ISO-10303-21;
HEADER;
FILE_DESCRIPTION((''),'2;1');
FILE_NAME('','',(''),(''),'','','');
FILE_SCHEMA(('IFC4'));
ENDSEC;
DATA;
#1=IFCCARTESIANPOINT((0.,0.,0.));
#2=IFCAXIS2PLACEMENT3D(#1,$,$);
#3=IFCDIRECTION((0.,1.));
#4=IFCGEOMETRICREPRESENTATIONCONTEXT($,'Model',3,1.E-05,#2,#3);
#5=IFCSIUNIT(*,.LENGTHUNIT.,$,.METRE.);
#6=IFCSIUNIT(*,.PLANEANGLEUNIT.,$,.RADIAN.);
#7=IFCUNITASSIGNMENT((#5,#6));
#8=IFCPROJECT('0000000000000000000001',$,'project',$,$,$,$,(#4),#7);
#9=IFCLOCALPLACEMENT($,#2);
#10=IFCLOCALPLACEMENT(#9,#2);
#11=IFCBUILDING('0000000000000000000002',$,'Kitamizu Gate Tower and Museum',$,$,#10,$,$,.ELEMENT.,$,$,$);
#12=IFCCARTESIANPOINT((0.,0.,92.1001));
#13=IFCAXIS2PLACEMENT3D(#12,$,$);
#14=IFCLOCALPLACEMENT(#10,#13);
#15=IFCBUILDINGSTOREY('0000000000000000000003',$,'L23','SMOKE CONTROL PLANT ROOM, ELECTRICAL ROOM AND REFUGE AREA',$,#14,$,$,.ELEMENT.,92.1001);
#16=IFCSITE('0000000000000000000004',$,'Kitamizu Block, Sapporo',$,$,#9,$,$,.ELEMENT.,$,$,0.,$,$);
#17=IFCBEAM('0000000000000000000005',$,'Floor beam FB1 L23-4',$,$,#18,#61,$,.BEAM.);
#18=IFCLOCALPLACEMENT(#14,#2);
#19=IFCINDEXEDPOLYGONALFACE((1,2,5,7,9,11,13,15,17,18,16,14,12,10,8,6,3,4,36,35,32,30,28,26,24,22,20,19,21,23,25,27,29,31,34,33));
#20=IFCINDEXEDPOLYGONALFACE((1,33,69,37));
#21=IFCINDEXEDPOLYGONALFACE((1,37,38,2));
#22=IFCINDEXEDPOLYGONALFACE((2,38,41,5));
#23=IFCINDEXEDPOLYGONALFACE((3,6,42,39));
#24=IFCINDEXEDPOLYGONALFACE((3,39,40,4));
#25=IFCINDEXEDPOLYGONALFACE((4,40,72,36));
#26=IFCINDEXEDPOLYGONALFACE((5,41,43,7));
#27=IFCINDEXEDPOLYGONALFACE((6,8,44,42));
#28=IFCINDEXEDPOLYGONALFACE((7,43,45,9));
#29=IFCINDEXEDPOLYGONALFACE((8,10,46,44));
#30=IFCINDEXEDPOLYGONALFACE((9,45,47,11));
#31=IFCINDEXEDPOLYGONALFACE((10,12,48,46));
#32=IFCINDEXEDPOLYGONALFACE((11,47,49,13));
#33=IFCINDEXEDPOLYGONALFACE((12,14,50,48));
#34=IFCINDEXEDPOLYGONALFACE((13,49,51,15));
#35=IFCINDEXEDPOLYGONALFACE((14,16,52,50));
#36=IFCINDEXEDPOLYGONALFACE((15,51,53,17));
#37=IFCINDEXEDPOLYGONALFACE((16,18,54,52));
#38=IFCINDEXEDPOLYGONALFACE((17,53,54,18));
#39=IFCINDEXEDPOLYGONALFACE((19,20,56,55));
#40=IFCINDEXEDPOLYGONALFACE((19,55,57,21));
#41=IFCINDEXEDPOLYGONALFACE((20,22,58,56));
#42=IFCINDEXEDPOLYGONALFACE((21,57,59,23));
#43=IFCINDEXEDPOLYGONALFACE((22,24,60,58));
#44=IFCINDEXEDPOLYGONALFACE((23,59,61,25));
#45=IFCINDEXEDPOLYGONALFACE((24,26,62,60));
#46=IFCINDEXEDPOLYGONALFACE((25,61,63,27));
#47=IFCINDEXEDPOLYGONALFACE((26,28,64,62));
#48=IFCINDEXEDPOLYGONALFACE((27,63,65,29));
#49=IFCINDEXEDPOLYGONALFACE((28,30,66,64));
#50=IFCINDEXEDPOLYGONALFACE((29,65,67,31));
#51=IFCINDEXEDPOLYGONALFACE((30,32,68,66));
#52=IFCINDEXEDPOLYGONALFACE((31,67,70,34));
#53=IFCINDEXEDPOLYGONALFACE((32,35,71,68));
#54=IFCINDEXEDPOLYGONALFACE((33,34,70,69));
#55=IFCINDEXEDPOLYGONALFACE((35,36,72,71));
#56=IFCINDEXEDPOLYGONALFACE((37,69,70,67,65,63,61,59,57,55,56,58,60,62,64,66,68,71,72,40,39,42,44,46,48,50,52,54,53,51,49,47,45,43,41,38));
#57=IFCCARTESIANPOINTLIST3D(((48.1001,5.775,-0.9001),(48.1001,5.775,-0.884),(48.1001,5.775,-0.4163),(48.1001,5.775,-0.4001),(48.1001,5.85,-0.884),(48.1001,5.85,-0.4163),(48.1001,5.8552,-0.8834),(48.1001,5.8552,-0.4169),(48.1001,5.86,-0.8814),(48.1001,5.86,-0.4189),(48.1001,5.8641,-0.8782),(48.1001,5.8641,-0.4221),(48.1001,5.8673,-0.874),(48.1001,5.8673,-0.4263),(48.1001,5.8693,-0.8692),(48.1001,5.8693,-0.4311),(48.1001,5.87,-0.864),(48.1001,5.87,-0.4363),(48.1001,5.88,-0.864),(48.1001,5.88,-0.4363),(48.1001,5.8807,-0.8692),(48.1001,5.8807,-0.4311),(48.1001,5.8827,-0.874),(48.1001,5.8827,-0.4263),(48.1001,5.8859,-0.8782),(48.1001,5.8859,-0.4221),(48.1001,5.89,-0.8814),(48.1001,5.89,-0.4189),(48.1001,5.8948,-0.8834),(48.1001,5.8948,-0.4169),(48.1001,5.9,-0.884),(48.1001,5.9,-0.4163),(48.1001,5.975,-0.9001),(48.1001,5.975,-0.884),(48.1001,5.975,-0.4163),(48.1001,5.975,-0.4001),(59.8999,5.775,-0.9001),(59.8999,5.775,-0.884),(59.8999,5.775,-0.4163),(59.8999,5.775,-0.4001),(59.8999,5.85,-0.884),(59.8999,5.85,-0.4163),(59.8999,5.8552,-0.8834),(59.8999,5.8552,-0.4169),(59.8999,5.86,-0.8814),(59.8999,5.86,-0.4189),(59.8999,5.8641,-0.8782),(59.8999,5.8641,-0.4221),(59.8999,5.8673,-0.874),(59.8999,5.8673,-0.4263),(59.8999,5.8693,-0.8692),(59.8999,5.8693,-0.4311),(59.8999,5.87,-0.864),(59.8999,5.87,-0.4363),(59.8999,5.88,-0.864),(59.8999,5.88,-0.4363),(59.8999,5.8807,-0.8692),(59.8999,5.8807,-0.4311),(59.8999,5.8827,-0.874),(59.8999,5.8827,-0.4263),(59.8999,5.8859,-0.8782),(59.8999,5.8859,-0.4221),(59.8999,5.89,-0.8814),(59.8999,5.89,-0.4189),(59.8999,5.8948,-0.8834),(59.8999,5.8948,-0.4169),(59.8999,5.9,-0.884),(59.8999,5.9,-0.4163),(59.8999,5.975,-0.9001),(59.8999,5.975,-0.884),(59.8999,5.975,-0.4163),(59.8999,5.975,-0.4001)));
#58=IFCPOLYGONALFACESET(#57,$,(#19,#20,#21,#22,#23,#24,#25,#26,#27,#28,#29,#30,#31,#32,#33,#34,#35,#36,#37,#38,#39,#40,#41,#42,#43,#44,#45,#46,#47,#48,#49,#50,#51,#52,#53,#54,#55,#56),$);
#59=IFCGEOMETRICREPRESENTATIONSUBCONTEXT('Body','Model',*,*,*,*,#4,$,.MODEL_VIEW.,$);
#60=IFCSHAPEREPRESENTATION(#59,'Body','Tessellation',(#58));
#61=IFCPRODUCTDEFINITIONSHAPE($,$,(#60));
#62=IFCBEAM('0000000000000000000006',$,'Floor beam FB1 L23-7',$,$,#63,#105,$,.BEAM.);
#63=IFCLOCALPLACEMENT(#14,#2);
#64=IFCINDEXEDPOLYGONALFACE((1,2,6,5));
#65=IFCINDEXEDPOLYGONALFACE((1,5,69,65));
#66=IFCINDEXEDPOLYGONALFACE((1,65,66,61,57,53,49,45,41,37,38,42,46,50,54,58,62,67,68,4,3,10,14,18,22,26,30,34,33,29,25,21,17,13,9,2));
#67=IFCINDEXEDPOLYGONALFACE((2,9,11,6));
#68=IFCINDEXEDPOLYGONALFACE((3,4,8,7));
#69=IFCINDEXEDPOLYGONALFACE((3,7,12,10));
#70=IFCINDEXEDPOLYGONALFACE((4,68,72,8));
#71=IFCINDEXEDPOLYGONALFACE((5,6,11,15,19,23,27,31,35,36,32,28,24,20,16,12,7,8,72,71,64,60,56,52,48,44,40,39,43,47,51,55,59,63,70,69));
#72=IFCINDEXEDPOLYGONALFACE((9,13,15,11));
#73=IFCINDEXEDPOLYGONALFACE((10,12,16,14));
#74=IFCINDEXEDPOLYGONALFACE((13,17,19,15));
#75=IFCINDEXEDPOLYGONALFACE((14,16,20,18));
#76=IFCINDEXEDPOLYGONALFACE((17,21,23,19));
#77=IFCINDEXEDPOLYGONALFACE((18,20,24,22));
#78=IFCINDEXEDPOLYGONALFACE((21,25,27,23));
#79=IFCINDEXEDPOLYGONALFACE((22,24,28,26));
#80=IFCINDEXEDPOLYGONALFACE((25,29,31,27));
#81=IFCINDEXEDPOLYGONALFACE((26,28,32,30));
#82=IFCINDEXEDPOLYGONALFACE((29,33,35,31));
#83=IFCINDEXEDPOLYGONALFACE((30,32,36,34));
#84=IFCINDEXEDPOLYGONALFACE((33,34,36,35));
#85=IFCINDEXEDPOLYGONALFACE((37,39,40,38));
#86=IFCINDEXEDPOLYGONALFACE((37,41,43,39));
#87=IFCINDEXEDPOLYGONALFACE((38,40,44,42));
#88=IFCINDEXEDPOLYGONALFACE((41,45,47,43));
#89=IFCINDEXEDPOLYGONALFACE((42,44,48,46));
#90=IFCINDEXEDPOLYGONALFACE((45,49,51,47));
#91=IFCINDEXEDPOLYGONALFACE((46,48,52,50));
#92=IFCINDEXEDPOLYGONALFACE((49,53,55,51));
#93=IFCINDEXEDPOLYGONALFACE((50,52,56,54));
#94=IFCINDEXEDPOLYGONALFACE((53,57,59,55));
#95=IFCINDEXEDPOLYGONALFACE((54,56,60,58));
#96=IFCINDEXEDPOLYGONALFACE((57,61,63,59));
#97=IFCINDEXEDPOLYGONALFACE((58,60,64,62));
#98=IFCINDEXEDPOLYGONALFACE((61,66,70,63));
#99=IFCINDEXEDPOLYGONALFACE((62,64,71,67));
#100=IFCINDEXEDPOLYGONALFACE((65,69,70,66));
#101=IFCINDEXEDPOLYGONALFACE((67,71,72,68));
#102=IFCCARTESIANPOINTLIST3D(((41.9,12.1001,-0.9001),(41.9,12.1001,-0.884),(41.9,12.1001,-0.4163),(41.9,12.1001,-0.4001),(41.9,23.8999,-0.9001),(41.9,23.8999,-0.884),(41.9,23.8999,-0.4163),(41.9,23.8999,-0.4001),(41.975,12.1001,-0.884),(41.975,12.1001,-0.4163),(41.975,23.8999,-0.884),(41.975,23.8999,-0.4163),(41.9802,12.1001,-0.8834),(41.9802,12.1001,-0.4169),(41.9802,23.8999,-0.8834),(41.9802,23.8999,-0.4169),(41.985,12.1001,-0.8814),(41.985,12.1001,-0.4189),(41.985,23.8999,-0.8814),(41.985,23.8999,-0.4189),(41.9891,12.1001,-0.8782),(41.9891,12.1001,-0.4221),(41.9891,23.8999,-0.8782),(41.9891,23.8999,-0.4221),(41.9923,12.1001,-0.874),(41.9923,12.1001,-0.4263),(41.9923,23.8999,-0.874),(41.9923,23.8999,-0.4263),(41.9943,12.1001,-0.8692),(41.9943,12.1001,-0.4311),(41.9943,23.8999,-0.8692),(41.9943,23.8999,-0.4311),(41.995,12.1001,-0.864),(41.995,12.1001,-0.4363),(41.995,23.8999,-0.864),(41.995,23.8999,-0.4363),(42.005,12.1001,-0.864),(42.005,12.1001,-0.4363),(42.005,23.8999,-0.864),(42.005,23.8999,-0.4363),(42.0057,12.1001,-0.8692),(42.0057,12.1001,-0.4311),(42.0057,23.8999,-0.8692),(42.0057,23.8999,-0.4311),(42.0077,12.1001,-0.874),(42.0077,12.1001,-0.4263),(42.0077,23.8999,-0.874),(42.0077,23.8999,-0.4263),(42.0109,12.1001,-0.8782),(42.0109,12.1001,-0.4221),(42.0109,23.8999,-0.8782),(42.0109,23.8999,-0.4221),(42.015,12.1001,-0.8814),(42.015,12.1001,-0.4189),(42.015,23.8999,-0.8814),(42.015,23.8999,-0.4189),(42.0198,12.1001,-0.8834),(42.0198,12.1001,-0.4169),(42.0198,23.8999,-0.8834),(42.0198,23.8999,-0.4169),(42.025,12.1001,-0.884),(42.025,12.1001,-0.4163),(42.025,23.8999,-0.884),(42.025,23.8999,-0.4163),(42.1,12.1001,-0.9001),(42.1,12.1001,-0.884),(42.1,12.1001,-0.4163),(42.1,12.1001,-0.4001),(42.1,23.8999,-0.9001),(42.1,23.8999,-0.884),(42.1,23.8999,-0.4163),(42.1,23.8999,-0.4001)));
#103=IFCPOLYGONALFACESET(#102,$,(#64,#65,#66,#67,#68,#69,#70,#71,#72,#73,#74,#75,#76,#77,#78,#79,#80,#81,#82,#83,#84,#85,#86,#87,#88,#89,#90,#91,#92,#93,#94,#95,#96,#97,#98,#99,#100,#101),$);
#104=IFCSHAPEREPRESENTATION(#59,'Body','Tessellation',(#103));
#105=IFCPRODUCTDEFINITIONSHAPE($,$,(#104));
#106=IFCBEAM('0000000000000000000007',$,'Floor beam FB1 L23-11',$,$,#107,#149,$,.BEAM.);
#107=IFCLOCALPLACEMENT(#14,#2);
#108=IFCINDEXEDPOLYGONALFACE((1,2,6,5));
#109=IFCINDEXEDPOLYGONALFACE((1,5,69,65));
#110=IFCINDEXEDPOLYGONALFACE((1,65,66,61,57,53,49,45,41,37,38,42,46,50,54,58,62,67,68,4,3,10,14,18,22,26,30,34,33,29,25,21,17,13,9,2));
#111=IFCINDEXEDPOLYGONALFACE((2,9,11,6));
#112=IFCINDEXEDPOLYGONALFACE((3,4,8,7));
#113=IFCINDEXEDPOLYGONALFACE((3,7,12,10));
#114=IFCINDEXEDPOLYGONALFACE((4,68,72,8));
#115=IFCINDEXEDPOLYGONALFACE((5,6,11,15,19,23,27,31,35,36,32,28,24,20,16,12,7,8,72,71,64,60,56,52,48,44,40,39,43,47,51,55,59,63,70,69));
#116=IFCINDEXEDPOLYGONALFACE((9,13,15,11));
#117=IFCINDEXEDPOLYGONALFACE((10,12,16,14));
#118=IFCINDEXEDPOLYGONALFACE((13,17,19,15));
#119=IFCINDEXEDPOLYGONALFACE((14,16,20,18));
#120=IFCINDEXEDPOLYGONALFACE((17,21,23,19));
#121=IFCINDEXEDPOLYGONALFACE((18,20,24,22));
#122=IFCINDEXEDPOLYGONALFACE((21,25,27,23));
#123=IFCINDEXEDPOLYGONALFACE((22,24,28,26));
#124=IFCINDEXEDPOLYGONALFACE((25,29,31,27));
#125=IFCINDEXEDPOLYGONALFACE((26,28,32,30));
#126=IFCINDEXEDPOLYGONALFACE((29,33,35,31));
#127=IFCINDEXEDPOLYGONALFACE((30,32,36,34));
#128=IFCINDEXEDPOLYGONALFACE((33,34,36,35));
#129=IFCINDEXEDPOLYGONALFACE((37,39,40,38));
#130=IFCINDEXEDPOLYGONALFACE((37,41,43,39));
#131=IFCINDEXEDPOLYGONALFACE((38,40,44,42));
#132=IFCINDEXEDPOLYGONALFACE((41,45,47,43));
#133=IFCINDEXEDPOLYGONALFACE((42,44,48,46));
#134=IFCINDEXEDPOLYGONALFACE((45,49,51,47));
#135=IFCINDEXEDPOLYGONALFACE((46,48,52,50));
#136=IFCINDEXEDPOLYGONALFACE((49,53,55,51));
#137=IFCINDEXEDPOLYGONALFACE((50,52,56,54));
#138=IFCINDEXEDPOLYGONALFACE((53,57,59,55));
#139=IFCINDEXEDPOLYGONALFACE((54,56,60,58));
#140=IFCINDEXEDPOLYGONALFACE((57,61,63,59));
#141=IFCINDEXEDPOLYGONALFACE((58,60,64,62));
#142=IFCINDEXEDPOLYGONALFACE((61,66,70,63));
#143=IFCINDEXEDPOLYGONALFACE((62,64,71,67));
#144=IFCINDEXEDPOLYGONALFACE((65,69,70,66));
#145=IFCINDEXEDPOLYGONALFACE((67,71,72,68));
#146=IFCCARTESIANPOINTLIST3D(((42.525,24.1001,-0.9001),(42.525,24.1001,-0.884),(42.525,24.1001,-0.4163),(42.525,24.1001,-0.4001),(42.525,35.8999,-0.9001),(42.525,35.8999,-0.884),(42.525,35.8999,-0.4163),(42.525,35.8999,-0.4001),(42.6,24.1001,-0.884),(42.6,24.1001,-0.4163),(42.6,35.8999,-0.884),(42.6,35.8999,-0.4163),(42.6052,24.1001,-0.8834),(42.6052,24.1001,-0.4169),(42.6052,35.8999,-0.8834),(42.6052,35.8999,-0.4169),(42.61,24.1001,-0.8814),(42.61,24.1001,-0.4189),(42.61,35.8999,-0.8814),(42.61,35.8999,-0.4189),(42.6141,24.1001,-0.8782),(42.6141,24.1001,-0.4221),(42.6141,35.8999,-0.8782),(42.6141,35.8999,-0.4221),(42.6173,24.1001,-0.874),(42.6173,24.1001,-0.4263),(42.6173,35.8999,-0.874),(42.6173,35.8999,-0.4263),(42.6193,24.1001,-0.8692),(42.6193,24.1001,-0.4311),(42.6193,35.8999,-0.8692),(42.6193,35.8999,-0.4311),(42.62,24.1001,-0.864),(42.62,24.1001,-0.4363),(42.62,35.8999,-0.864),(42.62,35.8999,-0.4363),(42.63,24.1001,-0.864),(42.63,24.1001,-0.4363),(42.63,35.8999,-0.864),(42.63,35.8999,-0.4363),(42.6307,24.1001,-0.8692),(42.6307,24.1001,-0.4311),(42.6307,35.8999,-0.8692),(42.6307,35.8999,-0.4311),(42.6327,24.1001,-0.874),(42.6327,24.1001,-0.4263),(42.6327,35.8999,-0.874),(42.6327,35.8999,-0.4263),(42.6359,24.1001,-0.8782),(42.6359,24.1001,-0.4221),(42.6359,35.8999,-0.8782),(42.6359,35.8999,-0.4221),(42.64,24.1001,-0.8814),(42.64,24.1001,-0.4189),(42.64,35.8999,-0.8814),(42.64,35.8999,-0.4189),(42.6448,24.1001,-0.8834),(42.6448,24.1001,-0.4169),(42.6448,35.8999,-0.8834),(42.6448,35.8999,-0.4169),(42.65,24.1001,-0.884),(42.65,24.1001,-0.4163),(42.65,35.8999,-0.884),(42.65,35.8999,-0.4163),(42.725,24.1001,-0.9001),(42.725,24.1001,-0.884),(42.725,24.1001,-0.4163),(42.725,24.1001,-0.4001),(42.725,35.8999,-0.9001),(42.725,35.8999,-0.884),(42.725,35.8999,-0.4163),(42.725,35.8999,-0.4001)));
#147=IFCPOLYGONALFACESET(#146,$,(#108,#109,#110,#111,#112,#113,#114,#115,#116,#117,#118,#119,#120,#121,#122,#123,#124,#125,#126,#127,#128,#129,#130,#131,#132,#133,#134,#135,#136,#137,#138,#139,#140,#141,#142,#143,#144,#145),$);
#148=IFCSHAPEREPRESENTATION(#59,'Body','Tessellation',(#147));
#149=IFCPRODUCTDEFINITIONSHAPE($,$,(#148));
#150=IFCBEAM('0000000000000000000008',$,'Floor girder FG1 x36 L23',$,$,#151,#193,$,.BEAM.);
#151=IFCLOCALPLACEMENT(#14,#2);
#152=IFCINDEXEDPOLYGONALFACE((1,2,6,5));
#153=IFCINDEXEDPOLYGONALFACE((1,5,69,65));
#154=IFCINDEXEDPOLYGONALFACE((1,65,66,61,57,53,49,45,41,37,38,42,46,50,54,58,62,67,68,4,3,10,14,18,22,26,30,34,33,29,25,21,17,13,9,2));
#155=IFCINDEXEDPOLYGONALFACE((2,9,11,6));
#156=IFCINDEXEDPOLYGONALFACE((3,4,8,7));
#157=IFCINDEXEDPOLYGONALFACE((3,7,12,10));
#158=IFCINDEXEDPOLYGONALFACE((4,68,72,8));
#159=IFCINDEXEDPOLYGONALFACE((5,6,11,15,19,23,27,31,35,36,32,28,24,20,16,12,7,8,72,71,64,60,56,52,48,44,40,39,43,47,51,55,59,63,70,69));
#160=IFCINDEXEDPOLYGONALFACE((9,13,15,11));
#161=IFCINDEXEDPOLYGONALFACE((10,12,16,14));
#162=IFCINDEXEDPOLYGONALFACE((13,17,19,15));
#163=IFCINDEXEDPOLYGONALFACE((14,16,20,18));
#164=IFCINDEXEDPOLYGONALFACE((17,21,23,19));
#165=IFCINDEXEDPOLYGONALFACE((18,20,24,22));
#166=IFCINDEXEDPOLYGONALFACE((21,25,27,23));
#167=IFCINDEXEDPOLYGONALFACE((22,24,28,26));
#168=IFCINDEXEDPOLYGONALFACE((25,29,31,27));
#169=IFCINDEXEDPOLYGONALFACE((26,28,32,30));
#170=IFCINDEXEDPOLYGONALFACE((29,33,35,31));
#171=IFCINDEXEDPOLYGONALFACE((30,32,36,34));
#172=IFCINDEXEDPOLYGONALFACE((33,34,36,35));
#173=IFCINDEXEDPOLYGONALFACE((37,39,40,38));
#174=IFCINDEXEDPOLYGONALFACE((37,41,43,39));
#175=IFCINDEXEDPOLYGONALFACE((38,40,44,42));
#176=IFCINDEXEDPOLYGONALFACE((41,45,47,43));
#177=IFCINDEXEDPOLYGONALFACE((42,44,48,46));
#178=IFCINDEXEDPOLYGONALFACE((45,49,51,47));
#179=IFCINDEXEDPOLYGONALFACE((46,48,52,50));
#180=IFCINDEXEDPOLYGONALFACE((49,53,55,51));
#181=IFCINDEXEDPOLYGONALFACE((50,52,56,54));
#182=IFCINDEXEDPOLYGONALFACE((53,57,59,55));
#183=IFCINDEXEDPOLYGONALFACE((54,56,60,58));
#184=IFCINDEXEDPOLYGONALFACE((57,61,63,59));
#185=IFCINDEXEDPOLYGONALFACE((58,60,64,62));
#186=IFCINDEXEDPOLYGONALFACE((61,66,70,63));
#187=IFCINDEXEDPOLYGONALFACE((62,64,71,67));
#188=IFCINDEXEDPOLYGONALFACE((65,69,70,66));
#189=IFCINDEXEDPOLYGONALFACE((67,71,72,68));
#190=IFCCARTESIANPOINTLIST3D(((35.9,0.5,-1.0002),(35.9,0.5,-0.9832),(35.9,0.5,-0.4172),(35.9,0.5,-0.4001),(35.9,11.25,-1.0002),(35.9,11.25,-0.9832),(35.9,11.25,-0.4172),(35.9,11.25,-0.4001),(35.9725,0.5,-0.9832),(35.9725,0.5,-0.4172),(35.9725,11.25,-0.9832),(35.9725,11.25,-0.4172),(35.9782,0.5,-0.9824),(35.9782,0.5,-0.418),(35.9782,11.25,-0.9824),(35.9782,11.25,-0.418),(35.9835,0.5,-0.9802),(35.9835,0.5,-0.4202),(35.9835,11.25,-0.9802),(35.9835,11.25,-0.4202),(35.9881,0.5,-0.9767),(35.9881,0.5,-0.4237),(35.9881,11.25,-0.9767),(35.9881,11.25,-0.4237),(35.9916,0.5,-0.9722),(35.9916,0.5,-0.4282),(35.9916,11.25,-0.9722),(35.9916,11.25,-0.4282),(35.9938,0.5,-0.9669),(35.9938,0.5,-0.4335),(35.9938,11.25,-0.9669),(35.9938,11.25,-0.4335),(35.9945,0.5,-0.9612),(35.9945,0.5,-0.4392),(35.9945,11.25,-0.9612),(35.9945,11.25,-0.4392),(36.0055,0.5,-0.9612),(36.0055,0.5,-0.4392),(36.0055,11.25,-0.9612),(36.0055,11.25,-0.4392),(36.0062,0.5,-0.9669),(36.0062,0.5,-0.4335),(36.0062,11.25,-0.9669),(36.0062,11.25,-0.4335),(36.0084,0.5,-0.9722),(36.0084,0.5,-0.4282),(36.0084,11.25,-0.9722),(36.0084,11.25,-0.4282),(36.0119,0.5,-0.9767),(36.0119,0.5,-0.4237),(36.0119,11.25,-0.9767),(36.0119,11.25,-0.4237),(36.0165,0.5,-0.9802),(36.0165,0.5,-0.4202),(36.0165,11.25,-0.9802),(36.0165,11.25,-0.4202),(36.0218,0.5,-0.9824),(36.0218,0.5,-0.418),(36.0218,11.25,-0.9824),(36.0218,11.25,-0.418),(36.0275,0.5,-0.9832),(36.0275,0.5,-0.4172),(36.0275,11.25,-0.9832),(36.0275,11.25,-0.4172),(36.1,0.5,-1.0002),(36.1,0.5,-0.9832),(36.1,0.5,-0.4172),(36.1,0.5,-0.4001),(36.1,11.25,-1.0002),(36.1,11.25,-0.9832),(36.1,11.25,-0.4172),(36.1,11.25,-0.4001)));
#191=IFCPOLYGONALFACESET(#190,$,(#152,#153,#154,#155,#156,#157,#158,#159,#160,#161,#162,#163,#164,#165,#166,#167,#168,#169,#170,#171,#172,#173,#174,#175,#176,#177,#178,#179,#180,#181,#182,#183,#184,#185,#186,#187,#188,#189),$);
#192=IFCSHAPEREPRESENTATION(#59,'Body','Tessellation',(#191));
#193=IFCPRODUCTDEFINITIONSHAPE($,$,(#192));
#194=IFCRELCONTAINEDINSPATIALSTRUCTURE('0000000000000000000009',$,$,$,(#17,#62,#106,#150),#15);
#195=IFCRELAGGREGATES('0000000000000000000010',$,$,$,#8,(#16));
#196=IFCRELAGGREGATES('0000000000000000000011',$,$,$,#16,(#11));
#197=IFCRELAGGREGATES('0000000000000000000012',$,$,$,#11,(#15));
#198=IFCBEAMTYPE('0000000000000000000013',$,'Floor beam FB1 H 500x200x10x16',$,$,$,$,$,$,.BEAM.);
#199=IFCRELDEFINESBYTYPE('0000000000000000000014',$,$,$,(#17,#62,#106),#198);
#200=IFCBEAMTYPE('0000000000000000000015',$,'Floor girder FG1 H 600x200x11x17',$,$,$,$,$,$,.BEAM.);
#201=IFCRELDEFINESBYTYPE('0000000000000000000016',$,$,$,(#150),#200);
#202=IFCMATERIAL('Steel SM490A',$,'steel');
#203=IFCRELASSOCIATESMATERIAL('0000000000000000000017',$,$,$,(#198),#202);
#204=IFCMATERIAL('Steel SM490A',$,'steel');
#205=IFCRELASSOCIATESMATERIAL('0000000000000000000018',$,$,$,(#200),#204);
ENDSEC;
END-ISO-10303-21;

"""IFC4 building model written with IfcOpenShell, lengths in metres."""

from ifc_helpers import new_model, si_unit, direction, frame, origin, origin_2d, place, context, subcontext, project, spatial, i_section, extrude, material, material_profile, profile_set, type_object, element, save


model = new_model("IFC4")

# Units and contexts
model_context = context("Model", 3, precision=1e-05, world=origin(), true_north=direction((0.0, 1.0)))
body_context = subcontext(model_context, "Body", "Model", "MODEL_VIEW")
ifc_project = project(units=[si_unit("LENGTHUNIT", "METRE"), si_unit("PLANEANGLEUNIT", "RADIAN")], contexts=[model_context])

# Site, building, storey
site_placement = place(None, origin())
site = spatial("IfcSite", under=ifc_project, at=site_placement, Name="Kitamizu Block, Sapporo", CompositionType="ELEMENT", RefElevation=0.0)
building_placement = place(site_placement, origin())
building = spatial("IfcBuilding", under=site, at=building_placement, Name="Kitamizu Gate Tower and Museum", CompositionType="ELEMENT")
storey_placement = place(building_placement, frame((0.0, 0.0, 92.1001)))
storey = spatial("IfcBuildingStorey", under=building, at=storey_placement, Name="L23", Description="SMOKE CONTROL PLANT ROOM, ELECTRICAL ROOM AND REFUGE AREA", CompositionType="ELEMENT", Elevation=92.1001)

# Beams
ifc_material_1 = material(Name="Steel SM490A", Category="steel")
ifc_material_profile_1 = material_profile(ifc_material_1, i_section(OverallWidth=0.2, OverallDepth=0.5, WebThickness=0.01, FlangeThickness=0.0161, FilletRadius=0.02, at=origin_2d()), Name="H-500x200x10x16")
ifc_profile_set_1 = profile_set([ifc_material_profile_1], Name="Steel SM490A")
beam_type_1 = type_object("IfcBeamType", Name="Floor beam FB1 H 500x200x10x16", PredefinedType="BEAM", material=ifc_profile_set_1)
for number, where, z_axis, x_axis, name in (
    (1, (48.1001, 5.875, -0.6501), (1.0, 0.0, 0.0), (0.0, 1.0, 0.0), "Floor beam FB1 L23-4"),
    (2, (42.0, 12.1001, -0.6501), (0.0, 1.0, 0.0), (-1.0, 0.0, 0.0), "Floor beam FB1 L23-7"),
    (3, (42.625, 24.1001, -0.6501), (0.0, 1.0, 0.0), (-1.0, 0.0, 0.0), "Floor beam FB1 L23-11"),
):
    element("IfcBeam", number, at=place(storey_placement, frame(where, z_axis=z_axis, x_axis=x_axis)), inside=storey, type_object=beam_type_1, Name=name, PredefinedType="BEAM", context=body_context, shape_type="SweptSolid", body=[
        extrude(i_section(OverallWidth=0.2, OverallDepth=0.5, WebThickness=0.01, FlangeThickness=0.0161, FilletRadius=0.02, at=origin_2d()), origin(), (0.0, 0.0, 1.0), 11.7998),
    ])
ifc_material_2 = material(Name="Steel SM490A", Category="steel")
ifc_material_profile_2 = material_profile(ifc_material_2, i_section(OverallWidth=0.2, OverallDepth=0.6001, WebThickness=0.011, FlangeThickness=0.0171, FilletRadius=0.022, at=origin_2d()), Name="H-600x200x11x17")
ifc_profile_set_2 = profile_set([ifc_material_profile_2], Name="Steel SM490A")
beam_type_2 = type_object("IfcBeamType", Name="Floor girder FG1 H 600x200x11x17", PredefinedType="BEAM", material=ifc_profile_set_2)
beam_1_placement = place(storey_placement, frame((36.0, 0.5, -0.7002), z_axis=(0.0, 1.0, 0.0), x_axis=(-1.0, 0.0, 0.0)))
element("IfcBeam", 4, at=beam_1_placement, inside=storey, type_object=beam_type_2, Name="Floor girder FG1 x36 L23", PredefinedType="BEAM", context=body_context, shape_type="SweptSolid", body=[
    extrude(i_section(OverallWidth=0.2, OverallDepth=0.6001, WebThickness=0.011, FlangeThickness=0.0171, FilletRadius=0.022, at=origin_2d()), origin(), (0.0, 0.0, 1.0), 10.75),
])

save(model, "model.ifc")
